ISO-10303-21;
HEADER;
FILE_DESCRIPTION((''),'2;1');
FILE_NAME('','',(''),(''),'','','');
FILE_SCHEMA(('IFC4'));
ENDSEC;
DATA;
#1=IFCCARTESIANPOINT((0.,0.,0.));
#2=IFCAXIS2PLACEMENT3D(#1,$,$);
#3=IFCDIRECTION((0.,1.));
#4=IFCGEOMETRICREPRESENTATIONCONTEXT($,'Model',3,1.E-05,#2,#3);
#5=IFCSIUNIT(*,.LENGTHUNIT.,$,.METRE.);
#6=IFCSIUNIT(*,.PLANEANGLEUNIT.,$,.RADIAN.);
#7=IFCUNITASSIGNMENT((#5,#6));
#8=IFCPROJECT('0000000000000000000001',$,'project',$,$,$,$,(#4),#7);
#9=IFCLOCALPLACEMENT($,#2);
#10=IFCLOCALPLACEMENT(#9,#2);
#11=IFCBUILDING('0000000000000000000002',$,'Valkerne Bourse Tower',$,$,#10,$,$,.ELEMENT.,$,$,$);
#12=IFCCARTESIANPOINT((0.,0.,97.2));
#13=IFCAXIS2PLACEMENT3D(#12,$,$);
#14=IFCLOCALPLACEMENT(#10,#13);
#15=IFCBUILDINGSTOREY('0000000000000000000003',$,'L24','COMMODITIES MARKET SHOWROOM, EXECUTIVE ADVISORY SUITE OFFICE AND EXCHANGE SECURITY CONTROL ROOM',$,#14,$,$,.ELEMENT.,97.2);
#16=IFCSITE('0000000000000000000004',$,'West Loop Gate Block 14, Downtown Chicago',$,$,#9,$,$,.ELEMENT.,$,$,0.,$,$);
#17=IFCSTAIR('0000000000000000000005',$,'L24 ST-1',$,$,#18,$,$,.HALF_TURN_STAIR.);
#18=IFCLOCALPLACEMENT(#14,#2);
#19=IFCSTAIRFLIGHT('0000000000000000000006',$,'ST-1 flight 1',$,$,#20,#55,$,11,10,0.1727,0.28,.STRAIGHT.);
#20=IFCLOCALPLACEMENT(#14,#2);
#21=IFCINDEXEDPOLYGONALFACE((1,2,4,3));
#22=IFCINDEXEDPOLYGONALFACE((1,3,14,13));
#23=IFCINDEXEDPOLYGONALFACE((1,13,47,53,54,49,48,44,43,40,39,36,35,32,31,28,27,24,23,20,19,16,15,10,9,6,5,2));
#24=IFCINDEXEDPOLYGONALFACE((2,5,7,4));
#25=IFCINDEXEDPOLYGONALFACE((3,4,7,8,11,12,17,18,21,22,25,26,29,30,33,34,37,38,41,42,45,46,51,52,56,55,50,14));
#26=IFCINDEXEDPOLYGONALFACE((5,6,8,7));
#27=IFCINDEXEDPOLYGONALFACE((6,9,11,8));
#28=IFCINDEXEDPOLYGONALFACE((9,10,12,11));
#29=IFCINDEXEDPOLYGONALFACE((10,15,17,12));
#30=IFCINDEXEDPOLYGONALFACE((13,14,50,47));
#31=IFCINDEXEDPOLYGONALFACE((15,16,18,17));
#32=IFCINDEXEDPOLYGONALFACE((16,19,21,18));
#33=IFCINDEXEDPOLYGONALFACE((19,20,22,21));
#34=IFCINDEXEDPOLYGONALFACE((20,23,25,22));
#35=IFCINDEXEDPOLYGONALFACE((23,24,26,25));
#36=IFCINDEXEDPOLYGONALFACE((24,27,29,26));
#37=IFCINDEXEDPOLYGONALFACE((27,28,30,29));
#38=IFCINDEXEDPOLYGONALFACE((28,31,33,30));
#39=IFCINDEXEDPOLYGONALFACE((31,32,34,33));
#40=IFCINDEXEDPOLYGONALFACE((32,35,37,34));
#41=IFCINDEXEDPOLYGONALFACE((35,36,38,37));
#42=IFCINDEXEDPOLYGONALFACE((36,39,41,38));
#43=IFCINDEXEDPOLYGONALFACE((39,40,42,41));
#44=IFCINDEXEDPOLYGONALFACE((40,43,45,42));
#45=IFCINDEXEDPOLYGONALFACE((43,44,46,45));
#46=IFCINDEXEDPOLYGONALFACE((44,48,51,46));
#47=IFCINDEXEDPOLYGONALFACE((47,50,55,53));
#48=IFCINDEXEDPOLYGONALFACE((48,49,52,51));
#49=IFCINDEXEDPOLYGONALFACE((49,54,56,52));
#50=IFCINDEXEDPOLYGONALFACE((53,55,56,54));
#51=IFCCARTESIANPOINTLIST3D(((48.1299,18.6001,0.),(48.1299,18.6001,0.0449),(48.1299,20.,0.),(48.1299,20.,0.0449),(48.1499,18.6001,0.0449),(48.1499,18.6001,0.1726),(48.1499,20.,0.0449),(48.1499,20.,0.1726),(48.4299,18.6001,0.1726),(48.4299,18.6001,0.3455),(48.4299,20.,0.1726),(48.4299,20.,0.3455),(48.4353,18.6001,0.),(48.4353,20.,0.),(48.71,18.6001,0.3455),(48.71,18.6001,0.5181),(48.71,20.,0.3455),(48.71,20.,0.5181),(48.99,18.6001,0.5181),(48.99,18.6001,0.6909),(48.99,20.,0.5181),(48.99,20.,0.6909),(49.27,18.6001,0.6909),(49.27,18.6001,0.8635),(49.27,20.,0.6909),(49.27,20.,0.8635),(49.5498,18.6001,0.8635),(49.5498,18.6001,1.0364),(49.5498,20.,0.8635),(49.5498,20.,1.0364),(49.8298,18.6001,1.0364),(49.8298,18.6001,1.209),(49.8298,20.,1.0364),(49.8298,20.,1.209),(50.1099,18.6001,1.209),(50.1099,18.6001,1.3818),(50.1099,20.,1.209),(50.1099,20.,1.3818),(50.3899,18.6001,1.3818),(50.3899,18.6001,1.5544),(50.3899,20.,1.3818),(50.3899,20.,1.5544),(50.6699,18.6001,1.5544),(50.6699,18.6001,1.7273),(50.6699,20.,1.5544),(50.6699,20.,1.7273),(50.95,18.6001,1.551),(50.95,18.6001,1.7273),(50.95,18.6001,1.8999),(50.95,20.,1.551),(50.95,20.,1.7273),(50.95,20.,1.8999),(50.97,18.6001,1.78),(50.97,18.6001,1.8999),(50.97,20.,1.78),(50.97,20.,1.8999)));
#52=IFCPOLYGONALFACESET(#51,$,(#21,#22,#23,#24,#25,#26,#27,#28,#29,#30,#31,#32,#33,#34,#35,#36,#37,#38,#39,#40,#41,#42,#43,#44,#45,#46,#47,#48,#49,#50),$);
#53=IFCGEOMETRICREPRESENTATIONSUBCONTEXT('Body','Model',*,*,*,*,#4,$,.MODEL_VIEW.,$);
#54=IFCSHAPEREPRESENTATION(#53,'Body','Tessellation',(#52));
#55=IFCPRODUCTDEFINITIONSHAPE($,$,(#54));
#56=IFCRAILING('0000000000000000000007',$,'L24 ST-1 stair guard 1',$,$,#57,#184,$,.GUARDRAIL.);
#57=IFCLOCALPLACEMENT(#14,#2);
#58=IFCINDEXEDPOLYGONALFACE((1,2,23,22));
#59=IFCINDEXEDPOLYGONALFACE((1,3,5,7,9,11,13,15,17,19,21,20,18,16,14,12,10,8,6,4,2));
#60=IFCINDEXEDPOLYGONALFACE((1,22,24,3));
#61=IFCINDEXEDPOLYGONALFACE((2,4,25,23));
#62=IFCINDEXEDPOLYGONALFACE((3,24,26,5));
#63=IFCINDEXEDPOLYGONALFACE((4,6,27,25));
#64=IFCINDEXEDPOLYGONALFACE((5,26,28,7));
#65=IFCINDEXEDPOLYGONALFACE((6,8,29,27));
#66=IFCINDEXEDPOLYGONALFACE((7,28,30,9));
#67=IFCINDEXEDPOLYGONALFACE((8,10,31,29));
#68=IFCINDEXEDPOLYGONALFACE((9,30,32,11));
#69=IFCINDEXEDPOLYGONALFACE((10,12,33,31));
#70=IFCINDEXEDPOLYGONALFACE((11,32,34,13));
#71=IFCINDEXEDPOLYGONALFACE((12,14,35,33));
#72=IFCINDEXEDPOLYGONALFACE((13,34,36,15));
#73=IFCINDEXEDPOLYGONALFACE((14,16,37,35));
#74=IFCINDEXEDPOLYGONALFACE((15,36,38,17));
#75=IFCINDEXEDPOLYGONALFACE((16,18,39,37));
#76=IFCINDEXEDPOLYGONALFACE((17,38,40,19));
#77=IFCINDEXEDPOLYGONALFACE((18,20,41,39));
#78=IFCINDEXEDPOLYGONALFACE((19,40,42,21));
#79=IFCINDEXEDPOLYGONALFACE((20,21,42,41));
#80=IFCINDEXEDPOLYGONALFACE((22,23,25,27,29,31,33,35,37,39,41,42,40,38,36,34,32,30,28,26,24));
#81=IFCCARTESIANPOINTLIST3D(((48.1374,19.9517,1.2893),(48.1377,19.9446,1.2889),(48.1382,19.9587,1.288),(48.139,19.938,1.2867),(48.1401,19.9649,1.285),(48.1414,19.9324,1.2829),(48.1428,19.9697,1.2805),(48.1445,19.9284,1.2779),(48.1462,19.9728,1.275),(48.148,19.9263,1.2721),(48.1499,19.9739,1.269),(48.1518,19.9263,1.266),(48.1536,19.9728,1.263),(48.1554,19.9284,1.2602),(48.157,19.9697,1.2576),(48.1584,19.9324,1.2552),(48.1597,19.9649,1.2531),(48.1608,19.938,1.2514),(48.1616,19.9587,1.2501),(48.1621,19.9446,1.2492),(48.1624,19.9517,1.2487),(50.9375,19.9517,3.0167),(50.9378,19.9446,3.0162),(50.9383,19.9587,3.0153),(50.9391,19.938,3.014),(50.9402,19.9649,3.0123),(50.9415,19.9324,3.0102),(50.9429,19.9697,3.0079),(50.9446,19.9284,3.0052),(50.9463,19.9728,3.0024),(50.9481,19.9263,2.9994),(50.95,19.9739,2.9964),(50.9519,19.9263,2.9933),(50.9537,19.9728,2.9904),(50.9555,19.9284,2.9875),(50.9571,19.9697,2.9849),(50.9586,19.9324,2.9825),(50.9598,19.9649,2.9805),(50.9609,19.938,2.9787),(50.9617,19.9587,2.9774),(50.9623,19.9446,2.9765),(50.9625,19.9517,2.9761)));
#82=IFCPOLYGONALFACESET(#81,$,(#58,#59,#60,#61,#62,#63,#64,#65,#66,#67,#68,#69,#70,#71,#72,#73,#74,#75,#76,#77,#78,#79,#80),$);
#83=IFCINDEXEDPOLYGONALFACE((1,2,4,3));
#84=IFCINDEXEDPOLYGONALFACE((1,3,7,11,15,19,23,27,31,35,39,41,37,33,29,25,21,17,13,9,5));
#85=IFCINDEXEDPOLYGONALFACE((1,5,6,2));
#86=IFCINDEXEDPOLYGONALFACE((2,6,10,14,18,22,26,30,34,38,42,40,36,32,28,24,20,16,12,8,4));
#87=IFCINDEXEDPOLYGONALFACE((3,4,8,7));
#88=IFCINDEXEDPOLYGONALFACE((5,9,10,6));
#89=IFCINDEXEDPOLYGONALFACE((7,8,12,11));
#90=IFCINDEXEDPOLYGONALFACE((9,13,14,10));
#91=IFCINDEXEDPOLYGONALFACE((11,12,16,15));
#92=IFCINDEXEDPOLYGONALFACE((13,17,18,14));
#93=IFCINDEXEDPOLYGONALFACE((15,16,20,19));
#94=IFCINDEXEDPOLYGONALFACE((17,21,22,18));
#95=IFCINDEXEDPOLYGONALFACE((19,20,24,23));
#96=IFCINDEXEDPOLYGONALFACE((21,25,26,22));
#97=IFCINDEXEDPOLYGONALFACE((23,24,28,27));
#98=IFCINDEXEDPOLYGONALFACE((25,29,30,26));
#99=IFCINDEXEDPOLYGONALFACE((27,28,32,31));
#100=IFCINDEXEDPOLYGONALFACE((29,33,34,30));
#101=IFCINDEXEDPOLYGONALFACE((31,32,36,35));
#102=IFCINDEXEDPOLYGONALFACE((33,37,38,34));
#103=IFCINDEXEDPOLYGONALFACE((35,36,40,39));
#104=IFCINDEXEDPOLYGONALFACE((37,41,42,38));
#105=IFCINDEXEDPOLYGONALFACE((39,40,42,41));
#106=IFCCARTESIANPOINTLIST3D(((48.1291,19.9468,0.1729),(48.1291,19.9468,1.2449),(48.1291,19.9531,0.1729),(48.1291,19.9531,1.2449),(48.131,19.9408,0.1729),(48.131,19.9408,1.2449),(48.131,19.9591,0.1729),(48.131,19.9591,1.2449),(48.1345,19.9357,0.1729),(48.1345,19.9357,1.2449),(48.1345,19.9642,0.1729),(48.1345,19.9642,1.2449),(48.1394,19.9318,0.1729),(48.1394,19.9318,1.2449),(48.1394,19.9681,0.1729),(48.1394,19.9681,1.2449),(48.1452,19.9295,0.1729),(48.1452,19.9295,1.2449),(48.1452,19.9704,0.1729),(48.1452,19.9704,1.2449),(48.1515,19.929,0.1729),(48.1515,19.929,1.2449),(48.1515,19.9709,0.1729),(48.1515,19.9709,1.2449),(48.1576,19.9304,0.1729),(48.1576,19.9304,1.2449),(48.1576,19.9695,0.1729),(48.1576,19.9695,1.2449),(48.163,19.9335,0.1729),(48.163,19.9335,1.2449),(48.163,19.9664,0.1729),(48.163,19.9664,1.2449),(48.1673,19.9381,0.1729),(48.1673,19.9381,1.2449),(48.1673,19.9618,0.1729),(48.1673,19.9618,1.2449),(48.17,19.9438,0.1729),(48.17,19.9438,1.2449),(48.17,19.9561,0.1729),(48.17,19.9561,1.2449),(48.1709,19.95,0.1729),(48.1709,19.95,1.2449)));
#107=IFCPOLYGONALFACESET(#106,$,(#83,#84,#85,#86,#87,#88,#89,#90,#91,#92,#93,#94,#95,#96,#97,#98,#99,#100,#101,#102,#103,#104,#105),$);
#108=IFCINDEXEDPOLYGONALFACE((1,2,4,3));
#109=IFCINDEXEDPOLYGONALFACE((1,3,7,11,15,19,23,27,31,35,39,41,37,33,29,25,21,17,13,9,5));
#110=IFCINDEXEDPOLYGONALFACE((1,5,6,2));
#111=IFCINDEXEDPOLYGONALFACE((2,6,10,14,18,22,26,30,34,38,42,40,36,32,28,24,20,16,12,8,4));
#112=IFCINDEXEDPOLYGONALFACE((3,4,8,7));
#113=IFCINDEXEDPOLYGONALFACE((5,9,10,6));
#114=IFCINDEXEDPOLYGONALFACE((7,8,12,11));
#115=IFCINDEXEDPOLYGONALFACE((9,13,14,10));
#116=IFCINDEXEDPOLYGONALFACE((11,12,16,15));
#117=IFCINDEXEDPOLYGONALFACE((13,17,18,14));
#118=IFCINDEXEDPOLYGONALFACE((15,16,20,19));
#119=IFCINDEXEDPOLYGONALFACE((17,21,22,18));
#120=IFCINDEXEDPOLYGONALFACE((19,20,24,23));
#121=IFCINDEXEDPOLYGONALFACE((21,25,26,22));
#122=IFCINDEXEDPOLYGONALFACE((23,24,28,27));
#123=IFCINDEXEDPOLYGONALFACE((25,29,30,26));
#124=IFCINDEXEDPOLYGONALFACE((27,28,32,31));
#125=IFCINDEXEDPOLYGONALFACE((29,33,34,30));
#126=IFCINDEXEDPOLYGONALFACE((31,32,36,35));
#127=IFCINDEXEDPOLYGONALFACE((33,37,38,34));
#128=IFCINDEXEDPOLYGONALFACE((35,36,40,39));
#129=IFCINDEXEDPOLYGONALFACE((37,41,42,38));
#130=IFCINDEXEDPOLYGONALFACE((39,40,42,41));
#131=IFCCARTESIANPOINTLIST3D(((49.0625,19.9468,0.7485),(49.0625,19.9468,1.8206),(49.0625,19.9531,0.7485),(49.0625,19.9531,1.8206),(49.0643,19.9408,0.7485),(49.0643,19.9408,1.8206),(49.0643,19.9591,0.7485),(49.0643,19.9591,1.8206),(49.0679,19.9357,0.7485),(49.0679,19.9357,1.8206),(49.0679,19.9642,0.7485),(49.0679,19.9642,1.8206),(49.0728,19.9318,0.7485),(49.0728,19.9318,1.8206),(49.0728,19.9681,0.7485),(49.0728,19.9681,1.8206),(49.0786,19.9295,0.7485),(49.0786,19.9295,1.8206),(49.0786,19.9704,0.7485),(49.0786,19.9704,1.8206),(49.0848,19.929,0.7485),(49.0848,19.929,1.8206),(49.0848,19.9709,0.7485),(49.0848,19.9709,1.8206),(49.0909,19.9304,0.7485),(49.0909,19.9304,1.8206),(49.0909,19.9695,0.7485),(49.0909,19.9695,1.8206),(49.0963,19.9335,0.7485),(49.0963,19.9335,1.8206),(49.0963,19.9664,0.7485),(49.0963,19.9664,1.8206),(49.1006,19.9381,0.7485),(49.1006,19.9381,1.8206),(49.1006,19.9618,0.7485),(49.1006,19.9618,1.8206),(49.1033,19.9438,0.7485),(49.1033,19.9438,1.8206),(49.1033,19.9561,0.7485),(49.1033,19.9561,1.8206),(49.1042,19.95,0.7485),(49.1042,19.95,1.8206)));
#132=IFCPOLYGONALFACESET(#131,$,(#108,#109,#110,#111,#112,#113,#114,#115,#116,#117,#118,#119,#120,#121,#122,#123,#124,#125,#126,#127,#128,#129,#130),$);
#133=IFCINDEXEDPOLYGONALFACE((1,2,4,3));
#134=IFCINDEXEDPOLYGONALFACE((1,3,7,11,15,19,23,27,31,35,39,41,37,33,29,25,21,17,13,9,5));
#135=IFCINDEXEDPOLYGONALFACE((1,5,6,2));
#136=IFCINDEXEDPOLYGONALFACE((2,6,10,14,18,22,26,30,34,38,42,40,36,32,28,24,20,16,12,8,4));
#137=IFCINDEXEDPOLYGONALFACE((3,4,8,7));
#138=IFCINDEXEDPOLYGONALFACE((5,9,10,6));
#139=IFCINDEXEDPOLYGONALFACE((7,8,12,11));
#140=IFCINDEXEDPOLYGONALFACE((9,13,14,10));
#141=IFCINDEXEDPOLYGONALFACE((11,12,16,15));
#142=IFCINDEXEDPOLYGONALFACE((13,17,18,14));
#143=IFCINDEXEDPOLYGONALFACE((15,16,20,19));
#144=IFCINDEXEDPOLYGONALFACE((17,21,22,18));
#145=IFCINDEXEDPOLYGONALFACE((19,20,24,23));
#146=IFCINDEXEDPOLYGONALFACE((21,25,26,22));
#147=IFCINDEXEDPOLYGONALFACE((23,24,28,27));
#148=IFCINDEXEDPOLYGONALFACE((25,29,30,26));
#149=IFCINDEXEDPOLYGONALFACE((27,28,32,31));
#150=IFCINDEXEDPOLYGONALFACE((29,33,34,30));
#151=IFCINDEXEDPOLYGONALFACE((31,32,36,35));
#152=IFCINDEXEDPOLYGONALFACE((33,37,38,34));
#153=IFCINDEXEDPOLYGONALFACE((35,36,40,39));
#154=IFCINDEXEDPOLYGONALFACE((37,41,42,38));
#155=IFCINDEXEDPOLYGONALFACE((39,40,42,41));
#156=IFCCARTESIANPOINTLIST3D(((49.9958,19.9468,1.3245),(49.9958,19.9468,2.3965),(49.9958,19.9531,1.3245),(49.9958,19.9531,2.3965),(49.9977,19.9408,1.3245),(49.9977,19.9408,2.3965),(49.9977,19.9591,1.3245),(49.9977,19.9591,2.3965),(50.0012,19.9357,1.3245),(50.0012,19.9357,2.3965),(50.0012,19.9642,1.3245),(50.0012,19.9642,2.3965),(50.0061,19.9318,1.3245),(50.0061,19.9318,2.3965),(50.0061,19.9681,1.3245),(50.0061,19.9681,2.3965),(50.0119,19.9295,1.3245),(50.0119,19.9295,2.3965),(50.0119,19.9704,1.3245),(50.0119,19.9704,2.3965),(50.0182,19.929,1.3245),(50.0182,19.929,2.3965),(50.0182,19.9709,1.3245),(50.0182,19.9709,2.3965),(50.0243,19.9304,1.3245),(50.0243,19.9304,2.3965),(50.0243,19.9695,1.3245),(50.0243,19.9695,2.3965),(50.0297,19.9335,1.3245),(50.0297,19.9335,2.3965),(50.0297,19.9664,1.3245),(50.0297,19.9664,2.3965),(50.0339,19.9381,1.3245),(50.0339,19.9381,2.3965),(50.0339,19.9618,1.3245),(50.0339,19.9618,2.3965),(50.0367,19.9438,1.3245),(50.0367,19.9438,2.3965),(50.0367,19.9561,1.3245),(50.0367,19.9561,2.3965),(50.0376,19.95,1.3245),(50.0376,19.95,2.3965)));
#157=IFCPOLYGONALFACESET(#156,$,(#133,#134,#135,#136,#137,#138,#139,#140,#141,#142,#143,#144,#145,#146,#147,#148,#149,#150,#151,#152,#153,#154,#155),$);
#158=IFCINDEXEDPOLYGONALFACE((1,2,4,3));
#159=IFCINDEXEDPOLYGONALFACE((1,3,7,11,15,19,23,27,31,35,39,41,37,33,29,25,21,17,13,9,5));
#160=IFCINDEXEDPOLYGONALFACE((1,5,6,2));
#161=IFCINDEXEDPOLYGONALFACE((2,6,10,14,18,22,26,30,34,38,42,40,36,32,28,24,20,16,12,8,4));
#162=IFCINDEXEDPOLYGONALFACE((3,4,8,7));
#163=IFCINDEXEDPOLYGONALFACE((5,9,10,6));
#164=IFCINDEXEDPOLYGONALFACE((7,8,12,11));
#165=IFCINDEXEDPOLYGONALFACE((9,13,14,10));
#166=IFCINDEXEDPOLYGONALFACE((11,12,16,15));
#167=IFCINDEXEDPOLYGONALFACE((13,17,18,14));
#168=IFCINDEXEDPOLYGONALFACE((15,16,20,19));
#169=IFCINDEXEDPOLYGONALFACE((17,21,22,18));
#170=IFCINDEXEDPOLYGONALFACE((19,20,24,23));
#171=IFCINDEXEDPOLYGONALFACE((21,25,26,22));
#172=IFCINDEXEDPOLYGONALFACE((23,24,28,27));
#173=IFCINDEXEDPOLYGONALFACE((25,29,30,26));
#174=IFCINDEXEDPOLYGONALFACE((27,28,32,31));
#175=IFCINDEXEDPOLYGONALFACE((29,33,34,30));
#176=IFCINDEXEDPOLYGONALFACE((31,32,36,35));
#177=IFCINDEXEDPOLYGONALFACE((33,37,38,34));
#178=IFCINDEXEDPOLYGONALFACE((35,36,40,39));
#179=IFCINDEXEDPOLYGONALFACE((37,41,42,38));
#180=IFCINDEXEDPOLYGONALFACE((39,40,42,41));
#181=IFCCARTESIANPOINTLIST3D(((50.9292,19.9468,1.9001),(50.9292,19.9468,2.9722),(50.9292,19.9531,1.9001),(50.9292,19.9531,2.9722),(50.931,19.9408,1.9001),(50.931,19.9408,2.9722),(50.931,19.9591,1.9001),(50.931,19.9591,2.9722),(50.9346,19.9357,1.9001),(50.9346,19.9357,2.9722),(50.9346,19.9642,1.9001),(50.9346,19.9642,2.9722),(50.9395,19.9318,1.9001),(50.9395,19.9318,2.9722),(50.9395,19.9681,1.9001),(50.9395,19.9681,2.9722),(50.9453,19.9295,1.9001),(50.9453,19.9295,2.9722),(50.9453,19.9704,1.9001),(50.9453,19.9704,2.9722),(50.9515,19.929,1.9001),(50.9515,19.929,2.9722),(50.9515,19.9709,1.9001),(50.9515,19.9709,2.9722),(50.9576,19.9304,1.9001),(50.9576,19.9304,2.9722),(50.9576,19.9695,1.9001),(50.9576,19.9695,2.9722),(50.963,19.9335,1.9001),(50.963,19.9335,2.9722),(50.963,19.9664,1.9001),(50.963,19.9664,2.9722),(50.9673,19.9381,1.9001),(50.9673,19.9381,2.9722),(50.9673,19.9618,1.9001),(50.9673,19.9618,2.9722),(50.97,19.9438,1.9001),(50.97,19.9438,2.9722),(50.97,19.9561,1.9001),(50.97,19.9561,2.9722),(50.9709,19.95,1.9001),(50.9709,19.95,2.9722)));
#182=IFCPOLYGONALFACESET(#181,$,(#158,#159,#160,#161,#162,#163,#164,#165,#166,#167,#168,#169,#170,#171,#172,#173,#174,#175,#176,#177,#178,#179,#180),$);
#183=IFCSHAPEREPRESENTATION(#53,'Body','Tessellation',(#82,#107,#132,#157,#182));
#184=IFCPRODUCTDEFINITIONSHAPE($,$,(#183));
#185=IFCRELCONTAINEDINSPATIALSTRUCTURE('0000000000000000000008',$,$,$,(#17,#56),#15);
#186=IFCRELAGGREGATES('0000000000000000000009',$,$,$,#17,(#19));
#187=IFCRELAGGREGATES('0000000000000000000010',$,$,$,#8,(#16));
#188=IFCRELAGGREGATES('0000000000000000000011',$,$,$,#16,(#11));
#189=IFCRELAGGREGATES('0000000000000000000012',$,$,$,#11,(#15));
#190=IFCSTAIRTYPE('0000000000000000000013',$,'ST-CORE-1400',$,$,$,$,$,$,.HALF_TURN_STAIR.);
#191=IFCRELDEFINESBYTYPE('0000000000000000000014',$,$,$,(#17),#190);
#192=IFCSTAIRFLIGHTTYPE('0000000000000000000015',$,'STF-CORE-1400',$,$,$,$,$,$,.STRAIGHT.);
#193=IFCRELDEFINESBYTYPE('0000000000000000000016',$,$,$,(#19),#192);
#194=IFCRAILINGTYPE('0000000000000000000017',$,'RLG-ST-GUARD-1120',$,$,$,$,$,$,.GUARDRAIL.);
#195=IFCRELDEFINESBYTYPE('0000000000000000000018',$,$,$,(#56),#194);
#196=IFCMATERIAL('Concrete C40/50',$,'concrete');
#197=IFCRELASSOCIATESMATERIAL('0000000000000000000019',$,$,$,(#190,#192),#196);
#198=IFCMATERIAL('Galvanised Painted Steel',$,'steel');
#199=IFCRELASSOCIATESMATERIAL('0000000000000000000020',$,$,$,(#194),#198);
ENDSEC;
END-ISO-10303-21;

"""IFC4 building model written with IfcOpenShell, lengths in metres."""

from ifc_helpers import new_model, si_unit, direction, frame, origin, origin_2d, place, context, subcontext, project, spatial, polyline, circle, outline, extrude, material, type_object, element, aggregate, save


model = new_model("IFC4")

# Units and contexts
model_context = context("Model", 3, precision=1e-05, world=origin(), true_north=direction((0.0, 1.0)))
body_context = subcontext(model_context, "Body", "Model", "MODEL_VIEW")
ifc_project = project(units=[si_unit("LENGTHUNIT", "METRE"), si_unit("PLANEANGLEUNIT", "RADIAN")], contexts=[model_context])

# Site, building, storey
site_placement = place(None, origin())
site = spatial("IfcSite", under=ifc_project, at=site_placement, Name="West Loop Gate Block 14, Downtown Chicago", CompositionType="ELEMENT", RefElevation=0.0)
building_placement = place(site_placement, origin())
building = spatial("IfcBuilding", under=site, at=building_placement, Name="Valkerne Bourse Tower", CompositionType="ELEMENT")
storey_placement = place(building_placement, frame((0.0, 0.0, 97.2)))
storey = spatial("IfcBuildingStorey", under=building, at=storey_placement, Name="L24", Description="COMMODITIES MARKET SHOWROOM, EXECUTIVE ADVISORY SUITE OFFICE AND EXCHANGE SECURITY CONTROL ROOM", CompositionType="ELEMENT", Elevation=97.2)

# Shared definitions
ifc_material_1 = material(Name="Galvanised Painted Steel", Category="steel")

# Shared definitions
ifc_material_2 = material(Name="Concrete C40/50", Category="concrete")

# Stair, stair flight
stair_type = type_object("IfcStairType", Name="ST-CORE-1400", PredefinedType="HALF_TURN_STAIR", material=ifc_material_2)
stair_placement = place(storey_placement, origin())
stair = element("IfcStair", 1, at=stair_placement, inside=storey, type_object=stair_type, Name="L24 ST-1", PredefinedType="HALF_TURN_STAIR")
stair_flight_type = type_object("IfcStairFlightType", Name="STF-CORE-1400", PredefinedType="STRAIGHT", material=ifc_material_2)
stair_flight_placement = place(storey_placement, frame((48.1499, 19.3, 0.0), z_axis=(0.0, 0.0, 1.0), x_axis=(1.0, 0.0, 0.0)))
stair_flight = element("IfcStairFlight", 2, at=stair_flight_placement, type_object=stair_flight_type, Name="ST-1 flight 1", NumberOfRisers=11, NumberOfTreads=10, PredefinedType="STRAIGHT", RiserHeight=0.1727, TreadLength=0.28, context=body_context, shape_type="SweptSolid", body=[
    extrude(outline(polyline([(-0.02, 0.0), (-0.02, 0.0449), (0.0, 0.0449), (0.0, 0.1726), (0.28, 0.1726), (0.28, 0.3455), (0.5601, 0.3455), (0.5601, 0.5181), (0.8401, 0.5181), (0.8401, 0.6909), (1.1201, 0.6909), (1.1201, 0.8635), (1.3999, 0.8635), (1.3999, 1.0364), (1.6799, 1.0364), (1.6799, 1.209), (1.96, 1.209), (1.96, 1.3818), (2.24, 1.3818), (2.24, 1.5544), (2.52, 1.5544), (2.52, 1.7273), (2.8, 1.7273), (2.8, 1.8999), (2.8201, 1.8999), (2.8201, 1.78), (2.8, 1.551), (0.2854, 0.0), (-0.02, 0.0)])), frame((0.0, 0.7, 0.0), z_axis=(0.0, -1.0, 0.0), x_axis=(1.0, 0.0, 0.0)), (0.0, 0.0, 1.0), 1.3999),
])
aggregate(stair, [stair_flight])

# Railing
railing_type_1 = type_object("IfcRailingType", Name="RLG-ST-GUARD-1120", PredefinedType="GUARDRAIL", material=ifc_material_1)
railing_1_placement = place(storey_placement, frame((48.1499, 19.95, 0.1729)))
element("IfcRailing", 3, at=railing_1_placement, inside=storey, type_object=railing_type_1, Name="L24 ST-1 stair guard 1", PredefinedType="GUARDRAIL", context=body_context, shape_type="SweptSolid", body=[
    extrude(circle(Radius=0.0239, at=origin_2d()), frame((0.0, 0.0, 1.0962), z_axis=(0.85109, 0.0, 0.52502), x_axis=(0.0, 1.0, 0.0)), (0.0, 0.0, 1.0), 3.29),
    extrude(circle(Radius=0.021, at=origin_2d()), origin(), (0.0, 0.0, 1.0), 1.072),
    extrude(circle(Radius=0.021, at=origin_2d()), frame((0.9333, 0.0, 0.5757)), (0.0, 0.0, 1.0), 1.072),
    extrude(circle(Radius=0.021, at=origin_2d()), frame((1.8667, 0.0, 1.1516)), (0.0, 0.0, 1.0), 1.072),
    extrude(circle(Radius=0.021, at=origin_2d()), frame((2.8, 0.0, 1.7273)), (0.0, 0.0, 1.0), 1.072),
])

save(model, "model.ifc")
